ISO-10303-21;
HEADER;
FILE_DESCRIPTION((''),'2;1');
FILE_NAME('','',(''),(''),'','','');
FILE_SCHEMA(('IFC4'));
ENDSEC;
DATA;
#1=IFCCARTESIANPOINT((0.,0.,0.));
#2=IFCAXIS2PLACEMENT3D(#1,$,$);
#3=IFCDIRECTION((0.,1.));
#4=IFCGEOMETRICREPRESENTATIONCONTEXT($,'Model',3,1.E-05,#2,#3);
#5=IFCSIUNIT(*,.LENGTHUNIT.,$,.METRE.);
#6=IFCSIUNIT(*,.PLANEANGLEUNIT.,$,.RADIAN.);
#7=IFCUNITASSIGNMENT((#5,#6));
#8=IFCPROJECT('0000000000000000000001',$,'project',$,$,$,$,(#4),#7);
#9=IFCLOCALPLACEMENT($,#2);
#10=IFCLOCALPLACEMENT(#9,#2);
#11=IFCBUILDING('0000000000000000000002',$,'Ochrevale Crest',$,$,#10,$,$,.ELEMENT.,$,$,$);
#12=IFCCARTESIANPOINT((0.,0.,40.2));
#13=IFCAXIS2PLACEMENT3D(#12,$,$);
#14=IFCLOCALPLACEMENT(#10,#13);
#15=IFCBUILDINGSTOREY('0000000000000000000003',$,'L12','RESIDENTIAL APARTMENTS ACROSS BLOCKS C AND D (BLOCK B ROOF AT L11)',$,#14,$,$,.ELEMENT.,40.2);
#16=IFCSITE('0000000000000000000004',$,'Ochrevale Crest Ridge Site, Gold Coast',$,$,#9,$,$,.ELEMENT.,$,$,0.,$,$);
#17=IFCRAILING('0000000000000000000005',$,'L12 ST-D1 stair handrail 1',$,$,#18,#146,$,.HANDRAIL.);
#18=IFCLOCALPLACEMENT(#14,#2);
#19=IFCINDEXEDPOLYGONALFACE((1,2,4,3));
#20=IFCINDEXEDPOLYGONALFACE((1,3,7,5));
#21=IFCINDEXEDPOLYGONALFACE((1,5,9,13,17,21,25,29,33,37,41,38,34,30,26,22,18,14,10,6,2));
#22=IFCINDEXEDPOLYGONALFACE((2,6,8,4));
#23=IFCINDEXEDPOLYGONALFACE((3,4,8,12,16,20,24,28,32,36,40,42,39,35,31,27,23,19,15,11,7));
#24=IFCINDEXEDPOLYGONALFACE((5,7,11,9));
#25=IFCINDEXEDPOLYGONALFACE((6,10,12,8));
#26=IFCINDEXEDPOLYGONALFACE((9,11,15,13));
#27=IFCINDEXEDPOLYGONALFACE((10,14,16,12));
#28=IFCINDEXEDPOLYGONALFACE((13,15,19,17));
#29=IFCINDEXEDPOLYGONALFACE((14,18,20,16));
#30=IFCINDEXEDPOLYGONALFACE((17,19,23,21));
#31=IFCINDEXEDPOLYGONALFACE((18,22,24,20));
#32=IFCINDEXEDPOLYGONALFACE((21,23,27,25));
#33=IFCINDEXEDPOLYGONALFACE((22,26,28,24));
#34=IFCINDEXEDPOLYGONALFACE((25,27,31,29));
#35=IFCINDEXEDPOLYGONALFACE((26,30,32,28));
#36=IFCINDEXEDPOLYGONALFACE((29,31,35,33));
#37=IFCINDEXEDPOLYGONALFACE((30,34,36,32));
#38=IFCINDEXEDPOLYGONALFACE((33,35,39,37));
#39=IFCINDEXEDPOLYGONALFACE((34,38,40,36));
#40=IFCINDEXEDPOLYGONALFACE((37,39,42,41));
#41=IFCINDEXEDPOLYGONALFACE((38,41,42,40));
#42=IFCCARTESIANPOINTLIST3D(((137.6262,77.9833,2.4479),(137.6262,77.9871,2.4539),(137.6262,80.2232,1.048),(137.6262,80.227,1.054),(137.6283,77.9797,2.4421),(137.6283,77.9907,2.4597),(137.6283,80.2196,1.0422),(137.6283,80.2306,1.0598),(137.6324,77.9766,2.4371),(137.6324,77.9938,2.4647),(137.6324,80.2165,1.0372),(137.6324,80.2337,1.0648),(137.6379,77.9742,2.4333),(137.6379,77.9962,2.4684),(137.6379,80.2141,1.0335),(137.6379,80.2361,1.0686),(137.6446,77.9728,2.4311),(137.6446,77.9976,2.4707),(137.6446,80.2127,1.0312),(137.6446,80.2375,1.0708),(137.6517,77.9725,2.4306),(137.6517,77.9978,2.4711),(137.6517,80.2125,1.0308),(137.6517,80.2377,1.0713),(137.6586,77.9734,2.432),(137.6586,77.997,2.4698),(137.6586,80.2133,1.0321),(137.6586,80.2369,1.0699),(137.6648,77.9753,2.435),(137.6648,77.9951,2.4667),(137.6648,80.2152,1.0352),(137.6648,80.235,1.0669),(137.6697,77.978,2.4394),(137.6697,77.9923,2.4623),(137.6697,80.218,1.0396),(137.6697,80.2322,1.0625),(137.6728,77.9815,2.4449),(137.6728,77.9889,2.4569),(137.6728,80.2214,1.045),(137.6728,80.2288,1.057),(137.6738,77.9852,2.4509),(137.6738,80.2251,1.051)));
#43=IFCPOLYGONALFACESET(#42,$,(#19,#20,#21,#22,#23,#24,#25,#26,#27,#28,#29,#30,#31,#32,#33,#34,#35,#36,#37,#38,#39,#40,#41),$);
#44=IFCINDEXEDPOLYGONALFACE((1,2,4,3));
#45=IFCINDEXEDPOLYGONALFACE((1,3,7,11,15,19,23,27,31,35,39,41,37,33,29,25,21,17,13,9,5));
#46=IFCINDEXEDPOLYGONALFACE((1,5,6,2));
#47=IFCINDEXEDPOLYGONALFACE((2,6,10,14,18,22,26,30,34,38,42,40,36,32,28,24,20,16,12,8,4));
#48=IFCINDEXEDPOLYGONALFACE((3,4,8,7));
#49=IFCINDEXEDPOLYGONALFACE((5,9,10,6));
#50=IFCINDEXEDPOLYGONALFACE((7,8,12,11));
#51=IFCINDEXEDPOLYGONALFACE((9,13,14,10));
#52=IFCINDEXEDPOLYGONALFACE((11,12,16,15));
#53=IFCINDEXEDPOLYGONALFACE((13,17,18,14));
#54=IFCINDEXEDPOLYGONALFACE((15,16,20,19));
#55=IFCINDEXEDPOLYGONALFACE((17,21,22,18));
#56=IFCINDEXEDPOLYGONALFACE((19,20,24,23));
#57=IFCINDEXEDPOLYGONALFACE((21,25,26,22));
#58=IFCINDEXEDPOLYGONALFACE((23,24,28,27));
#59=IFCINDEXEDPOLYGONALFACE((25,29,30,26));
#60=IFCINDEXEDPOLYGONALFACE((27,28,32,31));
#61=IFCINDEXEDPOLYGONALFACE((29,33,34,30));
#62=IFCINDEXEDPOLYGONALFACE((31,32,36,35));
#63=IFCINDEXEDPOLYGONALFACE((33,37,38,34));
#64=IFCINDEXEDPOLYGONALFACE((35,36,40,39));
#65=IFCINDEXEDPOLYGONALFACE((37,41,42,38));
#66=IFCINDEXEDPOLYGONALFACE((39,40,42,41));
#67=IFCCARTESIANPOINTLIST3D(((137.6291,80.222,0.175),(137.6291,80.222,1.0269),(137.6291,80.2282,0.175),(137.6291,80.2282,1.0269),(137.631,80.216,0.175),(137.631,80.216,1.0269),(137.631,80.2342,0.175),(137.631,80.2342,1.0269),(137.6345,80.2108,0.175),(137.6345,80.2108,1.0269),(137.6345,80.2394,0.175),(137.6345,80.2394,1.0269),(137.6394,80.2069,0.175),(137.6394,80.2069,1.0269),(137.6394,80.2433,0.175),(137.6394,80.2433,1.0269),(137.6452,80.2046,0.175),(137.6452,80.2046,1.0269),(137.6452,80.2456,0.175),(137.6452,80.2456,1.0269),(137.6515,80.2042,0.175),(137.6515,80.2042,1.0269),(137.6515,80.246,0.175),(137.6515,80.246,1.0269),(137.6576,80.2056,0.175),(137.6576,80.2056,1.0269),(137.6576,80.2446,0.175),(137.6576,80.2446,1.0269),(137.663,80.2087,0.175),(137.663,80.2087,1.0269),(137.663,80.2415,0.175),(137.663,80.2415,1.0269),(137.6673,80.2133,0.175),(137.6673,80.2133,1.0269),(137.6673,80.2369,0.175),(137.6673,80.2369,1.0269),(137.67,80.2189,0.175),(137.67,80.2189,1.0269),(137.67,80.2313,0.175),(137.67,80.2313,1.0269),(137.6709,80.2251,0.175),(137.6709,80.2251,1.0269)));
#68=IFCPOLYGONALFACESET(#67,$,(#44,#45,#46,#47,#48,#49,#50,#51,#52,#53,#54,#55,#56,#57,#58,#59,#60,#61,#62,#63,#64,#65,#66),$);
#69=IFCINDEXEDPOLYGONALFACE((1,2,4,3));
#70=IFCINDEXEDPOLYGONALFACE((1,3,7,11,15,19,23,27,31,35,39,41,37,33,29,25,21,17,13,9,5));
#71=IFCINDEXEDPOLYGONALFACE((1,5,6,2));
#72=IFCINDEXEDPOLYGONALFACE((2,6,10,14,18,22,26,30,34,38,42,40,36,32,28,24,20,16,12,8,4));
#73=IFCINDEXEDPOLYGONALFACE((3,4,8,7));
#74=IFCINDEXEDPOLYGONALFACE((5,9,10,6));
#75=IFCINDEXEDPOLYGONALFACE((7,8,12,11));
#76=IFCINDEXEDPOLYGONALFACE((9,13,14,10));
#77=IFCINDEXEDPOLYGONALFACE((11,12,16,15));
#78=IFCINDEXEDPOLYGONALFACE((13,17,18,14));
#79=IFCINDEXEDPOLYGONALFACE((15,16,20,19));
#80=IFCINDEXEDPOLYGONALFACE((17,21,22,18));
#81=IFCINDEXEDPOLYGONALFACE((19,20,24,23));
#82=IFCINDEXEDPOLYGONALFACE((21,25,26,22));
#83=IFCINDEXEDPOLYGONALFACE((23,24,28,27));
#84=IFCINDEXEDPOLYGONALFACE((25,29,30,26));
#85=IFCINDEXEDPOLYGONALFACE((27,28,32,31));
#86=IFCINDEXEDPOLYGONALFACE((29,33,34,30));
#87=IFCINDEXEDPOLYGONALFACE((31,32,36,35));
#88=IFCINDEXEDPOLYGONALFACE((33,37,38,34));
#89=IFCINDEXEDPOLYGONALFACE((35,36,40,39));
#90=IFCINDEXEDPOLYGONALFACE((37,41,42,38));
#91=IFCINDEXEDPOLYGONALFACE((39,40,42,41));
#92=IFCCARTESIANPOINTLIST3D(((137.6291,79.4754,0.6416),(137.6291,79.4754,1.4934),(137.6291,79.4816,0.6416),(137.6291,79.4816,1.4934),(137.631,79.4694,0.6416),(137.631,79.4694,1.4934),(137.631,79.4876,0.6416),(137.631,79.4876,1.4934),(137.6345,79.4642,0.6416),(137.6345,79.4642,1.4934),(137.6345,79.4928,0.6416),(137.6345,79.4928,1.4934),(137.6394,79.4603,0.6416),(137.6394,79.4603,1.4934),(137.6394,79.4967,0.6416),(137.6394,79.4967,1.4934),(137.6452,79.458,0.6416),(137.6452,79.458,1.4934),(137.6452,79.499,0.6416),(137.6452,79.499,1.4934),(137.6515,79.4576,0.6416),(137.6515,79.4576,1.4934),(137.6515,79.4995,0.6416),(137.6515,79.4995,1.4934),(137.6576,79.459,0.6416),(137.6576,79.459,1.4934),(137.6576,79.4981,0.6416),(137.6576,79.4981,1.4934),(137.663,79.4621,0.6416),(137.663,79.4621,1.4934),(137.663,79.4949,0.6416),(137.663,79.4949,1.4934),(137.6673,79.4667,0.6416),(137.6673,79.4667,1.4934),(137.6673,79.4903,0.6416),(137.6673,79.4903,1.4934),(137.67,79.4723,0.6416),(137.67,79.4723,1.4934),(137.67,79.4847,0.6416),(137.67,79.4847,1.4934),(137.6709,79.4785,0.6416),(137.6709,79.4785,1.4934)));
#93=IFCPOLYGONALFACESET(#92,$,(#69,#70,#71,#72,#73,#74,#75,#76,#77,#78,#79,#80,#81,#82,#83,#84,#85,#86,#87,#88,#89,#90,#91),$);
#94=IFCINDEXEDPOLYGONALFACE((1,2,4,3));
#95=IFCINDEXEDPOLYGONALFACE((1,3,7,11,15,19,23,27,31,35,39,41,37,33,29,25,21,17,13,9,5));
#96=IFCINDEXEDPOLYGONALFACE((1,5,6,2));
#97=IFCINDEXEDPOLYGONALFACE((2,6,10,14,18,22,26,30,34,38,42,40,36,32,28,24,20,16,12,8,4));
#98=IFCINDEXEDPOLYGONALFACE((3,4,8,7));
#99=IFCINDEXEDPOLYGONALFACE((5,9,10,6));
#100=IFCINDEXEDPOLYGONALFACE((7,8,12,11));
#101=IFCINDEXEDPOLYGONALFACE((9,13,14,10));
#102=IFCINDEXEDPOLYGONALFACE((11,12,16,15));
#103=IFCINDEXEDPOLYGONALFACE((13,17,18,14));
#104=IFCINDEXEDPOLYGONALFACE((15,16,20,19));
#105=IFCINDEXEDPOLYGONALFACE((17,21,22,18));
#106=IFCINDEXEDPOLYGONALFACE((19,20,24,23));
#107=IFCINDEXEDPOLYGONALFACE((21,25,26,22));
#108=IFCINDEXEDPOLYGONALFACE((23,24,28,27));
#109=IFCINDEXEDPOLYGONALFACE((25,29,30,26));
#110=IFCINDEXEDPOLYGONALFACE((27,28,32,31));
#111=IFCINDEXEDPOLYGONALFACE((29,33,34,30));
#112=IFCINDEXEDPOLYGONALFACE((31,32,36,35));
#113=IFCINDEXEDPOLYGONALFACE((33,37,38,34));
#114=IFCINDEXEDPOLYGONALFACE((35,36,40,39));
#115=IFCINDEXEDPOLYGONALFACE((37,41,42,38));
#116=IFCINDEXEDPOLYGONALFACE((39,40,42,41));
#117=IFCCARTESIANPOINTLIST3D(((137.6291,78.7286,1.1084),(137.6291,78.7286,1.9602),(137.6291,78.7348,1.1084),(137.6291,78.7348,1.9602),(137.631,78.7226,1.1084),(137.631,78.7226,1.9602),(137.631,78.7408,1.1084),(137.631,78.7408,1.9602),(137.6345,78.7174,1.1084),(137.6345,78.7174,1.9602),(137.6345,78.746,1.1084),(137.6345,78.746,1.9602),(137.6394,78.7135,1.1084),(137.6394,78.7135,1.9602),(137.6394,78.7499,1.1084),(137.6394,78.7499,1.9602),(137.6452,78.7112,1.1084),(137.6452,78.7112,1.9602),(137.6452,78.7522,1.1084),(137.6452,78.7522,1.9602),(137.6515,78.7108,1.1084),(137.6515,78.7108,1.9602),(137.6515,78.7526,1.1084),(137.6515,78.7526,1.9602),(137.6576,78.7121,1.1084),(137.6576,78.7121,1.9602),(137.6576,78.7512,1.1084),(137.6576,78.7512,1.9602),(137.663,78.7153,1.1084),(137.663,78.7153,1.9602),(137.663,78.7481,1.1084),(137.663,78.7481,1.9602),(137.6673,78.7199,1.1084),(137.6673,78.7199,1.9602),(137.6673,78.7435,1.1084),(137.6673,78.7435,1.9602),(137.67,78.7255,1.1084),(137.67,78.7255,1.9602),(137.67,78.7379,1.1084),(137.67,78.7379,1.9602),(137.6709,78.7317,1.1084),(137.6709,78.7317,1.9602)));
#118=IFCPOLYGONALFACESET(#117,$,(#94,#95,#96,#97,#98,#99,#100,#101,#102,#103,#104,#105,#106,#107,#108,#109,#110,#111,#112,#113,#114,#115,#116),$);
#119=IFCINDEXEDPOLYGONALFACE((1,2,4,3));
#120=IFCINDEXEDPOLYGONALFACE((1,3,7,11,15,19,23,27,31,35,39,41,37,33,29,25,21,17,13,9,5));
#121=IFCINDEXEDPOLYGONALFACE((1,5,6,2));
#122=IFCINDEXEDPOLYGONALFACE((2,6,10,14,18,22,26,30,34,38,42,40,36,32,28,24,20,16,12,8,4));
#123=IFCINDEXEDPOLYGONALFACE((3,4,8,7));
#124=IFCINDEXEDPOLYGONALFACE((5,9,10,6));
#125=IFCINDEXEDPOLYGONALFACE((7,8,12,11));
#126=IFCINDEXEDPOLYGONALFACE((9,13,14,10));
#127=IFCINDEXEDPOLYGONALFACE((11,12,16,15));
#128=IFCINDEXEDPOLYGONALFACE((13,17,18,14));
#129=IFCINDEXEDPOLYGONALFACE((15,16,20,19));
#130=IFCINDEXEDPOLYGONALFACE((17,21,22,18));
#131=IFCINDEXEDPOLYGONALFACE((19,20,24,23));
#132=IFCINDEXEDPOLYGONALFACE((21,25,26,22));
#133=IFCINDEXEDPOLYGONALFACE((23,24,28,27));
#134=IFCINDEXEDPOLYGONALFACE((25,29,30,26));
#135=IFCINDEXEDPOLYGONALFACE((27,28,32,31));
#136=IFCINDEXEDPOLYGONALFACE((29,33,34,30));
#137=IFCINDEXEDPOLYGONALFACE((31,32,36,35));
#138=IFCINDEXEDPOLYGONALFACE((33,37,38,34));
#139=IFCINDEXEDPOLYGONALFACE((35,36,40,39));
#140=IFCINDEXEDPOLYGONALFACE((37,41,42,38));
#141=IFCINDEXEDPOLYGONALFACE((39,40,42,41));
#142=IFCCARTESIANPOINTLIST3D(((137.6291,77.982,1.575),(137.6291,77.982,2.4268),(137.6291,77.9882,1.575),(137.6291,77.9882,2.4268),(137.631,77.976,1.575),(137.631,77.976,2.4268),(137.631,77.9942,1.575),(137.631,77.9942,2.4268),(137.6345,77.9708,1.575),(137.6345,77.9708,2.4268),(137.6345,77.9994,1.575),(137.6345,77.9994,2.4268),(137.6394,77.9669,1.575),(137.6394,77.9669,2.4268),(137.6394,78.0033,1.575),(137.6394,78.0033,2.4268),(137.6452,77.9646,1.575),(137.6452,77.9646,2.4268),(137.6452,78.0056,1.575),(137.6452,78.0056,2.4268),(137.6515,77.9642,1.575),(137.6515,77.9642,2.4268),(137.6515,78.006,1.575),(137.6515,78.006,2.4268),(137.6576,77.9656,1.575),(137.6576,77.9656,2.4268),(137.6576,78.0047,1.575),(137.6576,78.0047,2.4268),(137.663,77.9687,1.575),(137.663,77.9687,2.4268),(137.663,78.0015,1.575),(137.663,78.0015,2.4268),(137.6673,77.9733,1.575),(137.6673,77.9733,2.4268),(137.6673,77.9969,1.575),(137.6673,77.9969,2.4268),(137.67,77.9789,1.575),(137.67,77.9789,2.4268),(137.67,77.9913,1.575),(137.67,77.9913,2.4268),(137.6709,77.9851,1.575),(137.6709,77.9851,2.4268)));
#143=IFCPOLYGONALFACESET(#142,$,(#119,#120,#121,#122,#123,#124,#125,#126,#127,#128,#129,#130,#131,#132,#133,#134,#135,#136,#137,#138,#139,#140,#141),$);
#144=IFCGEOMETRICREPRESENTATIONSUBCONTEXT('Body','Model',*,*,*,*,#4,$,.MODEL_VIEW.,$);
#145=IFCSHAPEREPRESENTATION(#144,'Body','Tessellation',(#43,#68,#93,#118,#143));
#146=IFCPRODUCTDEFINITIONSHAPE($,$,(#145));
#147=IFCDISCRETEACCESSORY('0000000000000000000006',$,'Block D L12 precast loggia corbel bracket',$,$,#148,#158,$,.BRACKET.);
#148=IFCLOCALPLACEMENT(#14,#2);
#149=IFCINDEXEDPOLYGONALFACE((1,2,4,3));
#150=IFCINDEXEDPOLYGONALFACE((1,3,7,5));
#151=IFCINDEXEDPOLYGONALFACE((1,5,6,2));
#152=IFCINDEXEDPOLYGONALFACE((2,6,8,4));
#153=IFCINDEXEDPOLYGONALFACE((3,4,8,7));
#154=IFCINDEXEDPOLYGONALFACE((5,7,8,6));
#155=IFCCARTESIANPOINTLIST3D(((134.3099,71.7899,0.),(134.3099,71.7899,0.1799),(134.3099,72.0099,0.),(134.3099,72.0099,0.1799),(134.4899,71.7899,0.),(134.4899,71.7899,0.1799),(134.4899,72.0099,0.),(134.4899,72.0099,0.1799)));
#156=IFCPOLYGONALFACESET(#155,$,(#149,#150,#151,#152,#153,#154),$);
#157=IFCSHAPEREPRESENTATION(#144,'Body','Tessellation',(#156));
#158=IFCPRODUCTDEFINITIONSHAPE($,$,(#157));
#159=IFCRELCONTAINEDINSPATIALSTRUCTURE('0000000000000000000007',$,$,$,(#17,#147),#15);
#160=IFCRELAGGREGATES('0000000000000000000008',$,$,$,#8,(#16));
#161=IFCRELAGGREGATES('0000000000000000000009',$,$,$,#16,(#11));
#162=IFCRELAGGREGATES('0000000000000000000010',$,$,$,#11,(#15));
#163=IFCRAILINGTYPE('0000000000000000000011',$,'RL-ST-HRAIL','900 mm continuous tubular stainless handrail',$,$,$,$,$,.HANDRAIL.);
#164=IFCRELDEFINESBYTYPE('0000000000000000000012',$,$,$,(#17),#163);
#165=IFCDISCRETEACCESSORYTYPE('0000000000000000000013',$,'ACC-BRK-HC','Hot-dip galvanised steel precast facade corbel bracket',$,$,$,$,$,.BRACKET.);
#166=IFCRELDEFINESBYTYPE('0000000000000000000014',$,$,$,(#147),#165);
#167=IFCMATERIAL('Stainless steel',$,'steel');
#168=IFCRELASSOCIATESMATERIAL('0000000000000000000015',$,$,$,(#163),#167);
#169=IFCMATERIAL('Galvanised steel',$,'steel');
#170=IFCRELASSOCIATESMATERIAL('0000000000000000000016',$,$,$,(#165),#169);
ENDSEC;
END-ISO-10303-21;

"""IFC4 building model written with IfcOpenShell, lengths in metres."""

from ifc_helpers import new_model, si_unit, direction, frame, origin, origin_2d, place, context, subcontext, project, spatial, rectangle, circle, extrude, material, type_object, element, save


model = new_model("IFC4")

# Units and contexts
model_context = context("Model", 3, precision=1e-05, world=origin(), true_north=direction((0.0, 1.0)))
body_context = subcontext(model_context, "Body", "Model", "MODEL_VIEW")
ifc_project = project(units=[si_unit("LENGTHUNIT", "METRE"), si_unit("PLANEANGLEUNIT", "RADIAN")], contexts=[model_context])

# Site, building, storey
site_placement = place(None, origin())
site = spatial("IfcSite", under=ifc_project, at=site_placement, Name="Ochrevale Crest Ridge Site, Gold Coast", CompositionType="ELEMENT", RefElevation=0.0)
building_placement = place(site_placement, origin())
building = spatial("IfcBuilding", under=site, at=building_placement, Name="Ochrevale Crest", CompositionType="ELEMENT")
storey_placement = place(building_placement, frame((0.0, 0.0, 40.2)))
storey = spatial("IfcBuildingStorey", under=building, at=storey_placement, Name="L12", Description="RESIDENTIAL APARTMENTS ACROSS BLOCKS C AND D (BLOCK B ROOF AT L11)", CompositionType="ELEMENT", Elevation=40.2)

# Railing
ifc_material_1 = material(Name="Galvanised steel", Category="steel")
ifc_material_2 = material(Name="Stainless steel", Category="steel")
railing_type_1 = type_object("IfcRailingType", Name="RL-ST-HRAIL", Description="900 mm continuous tubular stainless handrail", PredefinedType="HANDRAIL", material=ifc_material_2)
railing_1_placement = place(storey_placement, frame((137.6499, 80.2251, 0.175)))
element("IfcRailing", 1, at=railing_1_placement, inside=storey, type_object=railing_type_1, Name="L12 ST-D1 stair handrail 1", PredefinedType="HANDRAIL", context=body_context, shape_type="SweptSolid", body=[
    extrude(circle(Radius=0.0239, at=origin_2d()), frame((0.0, 0.0, 0.876), z_axis=(0.0, -0.848014, 0.529974), x_axis=(1.0, 0.0, 0.0)), (0.0, 0.0, 1.0), 2.6414),
    extrude(circle(Radius=0.021, at=origin_2d()), origin(), (0.0, 0.0, 1.0), 0.8518),
    extrude(circle(Radius=0.021, at=origin_2d()), frame((0.0, -0.7466, 0.4666)), (0.0, 0.0, 1.0), 0.8518),
    extrude(circle(Radius=0.021, at=origin_2d()), frame((0.0, -1.4934, 0.9333)), (0.0, 0.0, 1.0), 0.8518),
    extrude(circle(Radius=0.021, at=origin_2d()), frame((0.0, -2.24, 1.3999)), (0.0, 0.0, 1.0), 0.8518),
])

# Discrete accessory
discrete_accessory_type = type_object("IfcDiscreteAccessoryType", Name="ACC-BRK-HC", Description="Hot-dip galvanised steel precast facade corbel bracket", PredefinedType="BRACKET", material=ifc_material_1)
discrete_accessory_placement = place(storey_placement, frame((134.3999, 71.8999, 0.0), z_axis=(0.0, 0.0, 1.0), x_axis=(1.0, 0.0, 0.0)))
element("IfcDiscreteAccessory", 2, at=discrete_accessory_placement, inside=storey, type_object=discrete_accessory_type, Name="Block D L12 precast loggia corbel bracket", PredefinedType="BRACKET", context=body_context, shape_type="SweptSolid", body=[
    extrude(rectangle(XDim=0.1799, YDim=0.22, at=origin_2d()), origin(), (0.0, 0.0, 1.0), 0.1799),
])

save(model, "model.ifc")
